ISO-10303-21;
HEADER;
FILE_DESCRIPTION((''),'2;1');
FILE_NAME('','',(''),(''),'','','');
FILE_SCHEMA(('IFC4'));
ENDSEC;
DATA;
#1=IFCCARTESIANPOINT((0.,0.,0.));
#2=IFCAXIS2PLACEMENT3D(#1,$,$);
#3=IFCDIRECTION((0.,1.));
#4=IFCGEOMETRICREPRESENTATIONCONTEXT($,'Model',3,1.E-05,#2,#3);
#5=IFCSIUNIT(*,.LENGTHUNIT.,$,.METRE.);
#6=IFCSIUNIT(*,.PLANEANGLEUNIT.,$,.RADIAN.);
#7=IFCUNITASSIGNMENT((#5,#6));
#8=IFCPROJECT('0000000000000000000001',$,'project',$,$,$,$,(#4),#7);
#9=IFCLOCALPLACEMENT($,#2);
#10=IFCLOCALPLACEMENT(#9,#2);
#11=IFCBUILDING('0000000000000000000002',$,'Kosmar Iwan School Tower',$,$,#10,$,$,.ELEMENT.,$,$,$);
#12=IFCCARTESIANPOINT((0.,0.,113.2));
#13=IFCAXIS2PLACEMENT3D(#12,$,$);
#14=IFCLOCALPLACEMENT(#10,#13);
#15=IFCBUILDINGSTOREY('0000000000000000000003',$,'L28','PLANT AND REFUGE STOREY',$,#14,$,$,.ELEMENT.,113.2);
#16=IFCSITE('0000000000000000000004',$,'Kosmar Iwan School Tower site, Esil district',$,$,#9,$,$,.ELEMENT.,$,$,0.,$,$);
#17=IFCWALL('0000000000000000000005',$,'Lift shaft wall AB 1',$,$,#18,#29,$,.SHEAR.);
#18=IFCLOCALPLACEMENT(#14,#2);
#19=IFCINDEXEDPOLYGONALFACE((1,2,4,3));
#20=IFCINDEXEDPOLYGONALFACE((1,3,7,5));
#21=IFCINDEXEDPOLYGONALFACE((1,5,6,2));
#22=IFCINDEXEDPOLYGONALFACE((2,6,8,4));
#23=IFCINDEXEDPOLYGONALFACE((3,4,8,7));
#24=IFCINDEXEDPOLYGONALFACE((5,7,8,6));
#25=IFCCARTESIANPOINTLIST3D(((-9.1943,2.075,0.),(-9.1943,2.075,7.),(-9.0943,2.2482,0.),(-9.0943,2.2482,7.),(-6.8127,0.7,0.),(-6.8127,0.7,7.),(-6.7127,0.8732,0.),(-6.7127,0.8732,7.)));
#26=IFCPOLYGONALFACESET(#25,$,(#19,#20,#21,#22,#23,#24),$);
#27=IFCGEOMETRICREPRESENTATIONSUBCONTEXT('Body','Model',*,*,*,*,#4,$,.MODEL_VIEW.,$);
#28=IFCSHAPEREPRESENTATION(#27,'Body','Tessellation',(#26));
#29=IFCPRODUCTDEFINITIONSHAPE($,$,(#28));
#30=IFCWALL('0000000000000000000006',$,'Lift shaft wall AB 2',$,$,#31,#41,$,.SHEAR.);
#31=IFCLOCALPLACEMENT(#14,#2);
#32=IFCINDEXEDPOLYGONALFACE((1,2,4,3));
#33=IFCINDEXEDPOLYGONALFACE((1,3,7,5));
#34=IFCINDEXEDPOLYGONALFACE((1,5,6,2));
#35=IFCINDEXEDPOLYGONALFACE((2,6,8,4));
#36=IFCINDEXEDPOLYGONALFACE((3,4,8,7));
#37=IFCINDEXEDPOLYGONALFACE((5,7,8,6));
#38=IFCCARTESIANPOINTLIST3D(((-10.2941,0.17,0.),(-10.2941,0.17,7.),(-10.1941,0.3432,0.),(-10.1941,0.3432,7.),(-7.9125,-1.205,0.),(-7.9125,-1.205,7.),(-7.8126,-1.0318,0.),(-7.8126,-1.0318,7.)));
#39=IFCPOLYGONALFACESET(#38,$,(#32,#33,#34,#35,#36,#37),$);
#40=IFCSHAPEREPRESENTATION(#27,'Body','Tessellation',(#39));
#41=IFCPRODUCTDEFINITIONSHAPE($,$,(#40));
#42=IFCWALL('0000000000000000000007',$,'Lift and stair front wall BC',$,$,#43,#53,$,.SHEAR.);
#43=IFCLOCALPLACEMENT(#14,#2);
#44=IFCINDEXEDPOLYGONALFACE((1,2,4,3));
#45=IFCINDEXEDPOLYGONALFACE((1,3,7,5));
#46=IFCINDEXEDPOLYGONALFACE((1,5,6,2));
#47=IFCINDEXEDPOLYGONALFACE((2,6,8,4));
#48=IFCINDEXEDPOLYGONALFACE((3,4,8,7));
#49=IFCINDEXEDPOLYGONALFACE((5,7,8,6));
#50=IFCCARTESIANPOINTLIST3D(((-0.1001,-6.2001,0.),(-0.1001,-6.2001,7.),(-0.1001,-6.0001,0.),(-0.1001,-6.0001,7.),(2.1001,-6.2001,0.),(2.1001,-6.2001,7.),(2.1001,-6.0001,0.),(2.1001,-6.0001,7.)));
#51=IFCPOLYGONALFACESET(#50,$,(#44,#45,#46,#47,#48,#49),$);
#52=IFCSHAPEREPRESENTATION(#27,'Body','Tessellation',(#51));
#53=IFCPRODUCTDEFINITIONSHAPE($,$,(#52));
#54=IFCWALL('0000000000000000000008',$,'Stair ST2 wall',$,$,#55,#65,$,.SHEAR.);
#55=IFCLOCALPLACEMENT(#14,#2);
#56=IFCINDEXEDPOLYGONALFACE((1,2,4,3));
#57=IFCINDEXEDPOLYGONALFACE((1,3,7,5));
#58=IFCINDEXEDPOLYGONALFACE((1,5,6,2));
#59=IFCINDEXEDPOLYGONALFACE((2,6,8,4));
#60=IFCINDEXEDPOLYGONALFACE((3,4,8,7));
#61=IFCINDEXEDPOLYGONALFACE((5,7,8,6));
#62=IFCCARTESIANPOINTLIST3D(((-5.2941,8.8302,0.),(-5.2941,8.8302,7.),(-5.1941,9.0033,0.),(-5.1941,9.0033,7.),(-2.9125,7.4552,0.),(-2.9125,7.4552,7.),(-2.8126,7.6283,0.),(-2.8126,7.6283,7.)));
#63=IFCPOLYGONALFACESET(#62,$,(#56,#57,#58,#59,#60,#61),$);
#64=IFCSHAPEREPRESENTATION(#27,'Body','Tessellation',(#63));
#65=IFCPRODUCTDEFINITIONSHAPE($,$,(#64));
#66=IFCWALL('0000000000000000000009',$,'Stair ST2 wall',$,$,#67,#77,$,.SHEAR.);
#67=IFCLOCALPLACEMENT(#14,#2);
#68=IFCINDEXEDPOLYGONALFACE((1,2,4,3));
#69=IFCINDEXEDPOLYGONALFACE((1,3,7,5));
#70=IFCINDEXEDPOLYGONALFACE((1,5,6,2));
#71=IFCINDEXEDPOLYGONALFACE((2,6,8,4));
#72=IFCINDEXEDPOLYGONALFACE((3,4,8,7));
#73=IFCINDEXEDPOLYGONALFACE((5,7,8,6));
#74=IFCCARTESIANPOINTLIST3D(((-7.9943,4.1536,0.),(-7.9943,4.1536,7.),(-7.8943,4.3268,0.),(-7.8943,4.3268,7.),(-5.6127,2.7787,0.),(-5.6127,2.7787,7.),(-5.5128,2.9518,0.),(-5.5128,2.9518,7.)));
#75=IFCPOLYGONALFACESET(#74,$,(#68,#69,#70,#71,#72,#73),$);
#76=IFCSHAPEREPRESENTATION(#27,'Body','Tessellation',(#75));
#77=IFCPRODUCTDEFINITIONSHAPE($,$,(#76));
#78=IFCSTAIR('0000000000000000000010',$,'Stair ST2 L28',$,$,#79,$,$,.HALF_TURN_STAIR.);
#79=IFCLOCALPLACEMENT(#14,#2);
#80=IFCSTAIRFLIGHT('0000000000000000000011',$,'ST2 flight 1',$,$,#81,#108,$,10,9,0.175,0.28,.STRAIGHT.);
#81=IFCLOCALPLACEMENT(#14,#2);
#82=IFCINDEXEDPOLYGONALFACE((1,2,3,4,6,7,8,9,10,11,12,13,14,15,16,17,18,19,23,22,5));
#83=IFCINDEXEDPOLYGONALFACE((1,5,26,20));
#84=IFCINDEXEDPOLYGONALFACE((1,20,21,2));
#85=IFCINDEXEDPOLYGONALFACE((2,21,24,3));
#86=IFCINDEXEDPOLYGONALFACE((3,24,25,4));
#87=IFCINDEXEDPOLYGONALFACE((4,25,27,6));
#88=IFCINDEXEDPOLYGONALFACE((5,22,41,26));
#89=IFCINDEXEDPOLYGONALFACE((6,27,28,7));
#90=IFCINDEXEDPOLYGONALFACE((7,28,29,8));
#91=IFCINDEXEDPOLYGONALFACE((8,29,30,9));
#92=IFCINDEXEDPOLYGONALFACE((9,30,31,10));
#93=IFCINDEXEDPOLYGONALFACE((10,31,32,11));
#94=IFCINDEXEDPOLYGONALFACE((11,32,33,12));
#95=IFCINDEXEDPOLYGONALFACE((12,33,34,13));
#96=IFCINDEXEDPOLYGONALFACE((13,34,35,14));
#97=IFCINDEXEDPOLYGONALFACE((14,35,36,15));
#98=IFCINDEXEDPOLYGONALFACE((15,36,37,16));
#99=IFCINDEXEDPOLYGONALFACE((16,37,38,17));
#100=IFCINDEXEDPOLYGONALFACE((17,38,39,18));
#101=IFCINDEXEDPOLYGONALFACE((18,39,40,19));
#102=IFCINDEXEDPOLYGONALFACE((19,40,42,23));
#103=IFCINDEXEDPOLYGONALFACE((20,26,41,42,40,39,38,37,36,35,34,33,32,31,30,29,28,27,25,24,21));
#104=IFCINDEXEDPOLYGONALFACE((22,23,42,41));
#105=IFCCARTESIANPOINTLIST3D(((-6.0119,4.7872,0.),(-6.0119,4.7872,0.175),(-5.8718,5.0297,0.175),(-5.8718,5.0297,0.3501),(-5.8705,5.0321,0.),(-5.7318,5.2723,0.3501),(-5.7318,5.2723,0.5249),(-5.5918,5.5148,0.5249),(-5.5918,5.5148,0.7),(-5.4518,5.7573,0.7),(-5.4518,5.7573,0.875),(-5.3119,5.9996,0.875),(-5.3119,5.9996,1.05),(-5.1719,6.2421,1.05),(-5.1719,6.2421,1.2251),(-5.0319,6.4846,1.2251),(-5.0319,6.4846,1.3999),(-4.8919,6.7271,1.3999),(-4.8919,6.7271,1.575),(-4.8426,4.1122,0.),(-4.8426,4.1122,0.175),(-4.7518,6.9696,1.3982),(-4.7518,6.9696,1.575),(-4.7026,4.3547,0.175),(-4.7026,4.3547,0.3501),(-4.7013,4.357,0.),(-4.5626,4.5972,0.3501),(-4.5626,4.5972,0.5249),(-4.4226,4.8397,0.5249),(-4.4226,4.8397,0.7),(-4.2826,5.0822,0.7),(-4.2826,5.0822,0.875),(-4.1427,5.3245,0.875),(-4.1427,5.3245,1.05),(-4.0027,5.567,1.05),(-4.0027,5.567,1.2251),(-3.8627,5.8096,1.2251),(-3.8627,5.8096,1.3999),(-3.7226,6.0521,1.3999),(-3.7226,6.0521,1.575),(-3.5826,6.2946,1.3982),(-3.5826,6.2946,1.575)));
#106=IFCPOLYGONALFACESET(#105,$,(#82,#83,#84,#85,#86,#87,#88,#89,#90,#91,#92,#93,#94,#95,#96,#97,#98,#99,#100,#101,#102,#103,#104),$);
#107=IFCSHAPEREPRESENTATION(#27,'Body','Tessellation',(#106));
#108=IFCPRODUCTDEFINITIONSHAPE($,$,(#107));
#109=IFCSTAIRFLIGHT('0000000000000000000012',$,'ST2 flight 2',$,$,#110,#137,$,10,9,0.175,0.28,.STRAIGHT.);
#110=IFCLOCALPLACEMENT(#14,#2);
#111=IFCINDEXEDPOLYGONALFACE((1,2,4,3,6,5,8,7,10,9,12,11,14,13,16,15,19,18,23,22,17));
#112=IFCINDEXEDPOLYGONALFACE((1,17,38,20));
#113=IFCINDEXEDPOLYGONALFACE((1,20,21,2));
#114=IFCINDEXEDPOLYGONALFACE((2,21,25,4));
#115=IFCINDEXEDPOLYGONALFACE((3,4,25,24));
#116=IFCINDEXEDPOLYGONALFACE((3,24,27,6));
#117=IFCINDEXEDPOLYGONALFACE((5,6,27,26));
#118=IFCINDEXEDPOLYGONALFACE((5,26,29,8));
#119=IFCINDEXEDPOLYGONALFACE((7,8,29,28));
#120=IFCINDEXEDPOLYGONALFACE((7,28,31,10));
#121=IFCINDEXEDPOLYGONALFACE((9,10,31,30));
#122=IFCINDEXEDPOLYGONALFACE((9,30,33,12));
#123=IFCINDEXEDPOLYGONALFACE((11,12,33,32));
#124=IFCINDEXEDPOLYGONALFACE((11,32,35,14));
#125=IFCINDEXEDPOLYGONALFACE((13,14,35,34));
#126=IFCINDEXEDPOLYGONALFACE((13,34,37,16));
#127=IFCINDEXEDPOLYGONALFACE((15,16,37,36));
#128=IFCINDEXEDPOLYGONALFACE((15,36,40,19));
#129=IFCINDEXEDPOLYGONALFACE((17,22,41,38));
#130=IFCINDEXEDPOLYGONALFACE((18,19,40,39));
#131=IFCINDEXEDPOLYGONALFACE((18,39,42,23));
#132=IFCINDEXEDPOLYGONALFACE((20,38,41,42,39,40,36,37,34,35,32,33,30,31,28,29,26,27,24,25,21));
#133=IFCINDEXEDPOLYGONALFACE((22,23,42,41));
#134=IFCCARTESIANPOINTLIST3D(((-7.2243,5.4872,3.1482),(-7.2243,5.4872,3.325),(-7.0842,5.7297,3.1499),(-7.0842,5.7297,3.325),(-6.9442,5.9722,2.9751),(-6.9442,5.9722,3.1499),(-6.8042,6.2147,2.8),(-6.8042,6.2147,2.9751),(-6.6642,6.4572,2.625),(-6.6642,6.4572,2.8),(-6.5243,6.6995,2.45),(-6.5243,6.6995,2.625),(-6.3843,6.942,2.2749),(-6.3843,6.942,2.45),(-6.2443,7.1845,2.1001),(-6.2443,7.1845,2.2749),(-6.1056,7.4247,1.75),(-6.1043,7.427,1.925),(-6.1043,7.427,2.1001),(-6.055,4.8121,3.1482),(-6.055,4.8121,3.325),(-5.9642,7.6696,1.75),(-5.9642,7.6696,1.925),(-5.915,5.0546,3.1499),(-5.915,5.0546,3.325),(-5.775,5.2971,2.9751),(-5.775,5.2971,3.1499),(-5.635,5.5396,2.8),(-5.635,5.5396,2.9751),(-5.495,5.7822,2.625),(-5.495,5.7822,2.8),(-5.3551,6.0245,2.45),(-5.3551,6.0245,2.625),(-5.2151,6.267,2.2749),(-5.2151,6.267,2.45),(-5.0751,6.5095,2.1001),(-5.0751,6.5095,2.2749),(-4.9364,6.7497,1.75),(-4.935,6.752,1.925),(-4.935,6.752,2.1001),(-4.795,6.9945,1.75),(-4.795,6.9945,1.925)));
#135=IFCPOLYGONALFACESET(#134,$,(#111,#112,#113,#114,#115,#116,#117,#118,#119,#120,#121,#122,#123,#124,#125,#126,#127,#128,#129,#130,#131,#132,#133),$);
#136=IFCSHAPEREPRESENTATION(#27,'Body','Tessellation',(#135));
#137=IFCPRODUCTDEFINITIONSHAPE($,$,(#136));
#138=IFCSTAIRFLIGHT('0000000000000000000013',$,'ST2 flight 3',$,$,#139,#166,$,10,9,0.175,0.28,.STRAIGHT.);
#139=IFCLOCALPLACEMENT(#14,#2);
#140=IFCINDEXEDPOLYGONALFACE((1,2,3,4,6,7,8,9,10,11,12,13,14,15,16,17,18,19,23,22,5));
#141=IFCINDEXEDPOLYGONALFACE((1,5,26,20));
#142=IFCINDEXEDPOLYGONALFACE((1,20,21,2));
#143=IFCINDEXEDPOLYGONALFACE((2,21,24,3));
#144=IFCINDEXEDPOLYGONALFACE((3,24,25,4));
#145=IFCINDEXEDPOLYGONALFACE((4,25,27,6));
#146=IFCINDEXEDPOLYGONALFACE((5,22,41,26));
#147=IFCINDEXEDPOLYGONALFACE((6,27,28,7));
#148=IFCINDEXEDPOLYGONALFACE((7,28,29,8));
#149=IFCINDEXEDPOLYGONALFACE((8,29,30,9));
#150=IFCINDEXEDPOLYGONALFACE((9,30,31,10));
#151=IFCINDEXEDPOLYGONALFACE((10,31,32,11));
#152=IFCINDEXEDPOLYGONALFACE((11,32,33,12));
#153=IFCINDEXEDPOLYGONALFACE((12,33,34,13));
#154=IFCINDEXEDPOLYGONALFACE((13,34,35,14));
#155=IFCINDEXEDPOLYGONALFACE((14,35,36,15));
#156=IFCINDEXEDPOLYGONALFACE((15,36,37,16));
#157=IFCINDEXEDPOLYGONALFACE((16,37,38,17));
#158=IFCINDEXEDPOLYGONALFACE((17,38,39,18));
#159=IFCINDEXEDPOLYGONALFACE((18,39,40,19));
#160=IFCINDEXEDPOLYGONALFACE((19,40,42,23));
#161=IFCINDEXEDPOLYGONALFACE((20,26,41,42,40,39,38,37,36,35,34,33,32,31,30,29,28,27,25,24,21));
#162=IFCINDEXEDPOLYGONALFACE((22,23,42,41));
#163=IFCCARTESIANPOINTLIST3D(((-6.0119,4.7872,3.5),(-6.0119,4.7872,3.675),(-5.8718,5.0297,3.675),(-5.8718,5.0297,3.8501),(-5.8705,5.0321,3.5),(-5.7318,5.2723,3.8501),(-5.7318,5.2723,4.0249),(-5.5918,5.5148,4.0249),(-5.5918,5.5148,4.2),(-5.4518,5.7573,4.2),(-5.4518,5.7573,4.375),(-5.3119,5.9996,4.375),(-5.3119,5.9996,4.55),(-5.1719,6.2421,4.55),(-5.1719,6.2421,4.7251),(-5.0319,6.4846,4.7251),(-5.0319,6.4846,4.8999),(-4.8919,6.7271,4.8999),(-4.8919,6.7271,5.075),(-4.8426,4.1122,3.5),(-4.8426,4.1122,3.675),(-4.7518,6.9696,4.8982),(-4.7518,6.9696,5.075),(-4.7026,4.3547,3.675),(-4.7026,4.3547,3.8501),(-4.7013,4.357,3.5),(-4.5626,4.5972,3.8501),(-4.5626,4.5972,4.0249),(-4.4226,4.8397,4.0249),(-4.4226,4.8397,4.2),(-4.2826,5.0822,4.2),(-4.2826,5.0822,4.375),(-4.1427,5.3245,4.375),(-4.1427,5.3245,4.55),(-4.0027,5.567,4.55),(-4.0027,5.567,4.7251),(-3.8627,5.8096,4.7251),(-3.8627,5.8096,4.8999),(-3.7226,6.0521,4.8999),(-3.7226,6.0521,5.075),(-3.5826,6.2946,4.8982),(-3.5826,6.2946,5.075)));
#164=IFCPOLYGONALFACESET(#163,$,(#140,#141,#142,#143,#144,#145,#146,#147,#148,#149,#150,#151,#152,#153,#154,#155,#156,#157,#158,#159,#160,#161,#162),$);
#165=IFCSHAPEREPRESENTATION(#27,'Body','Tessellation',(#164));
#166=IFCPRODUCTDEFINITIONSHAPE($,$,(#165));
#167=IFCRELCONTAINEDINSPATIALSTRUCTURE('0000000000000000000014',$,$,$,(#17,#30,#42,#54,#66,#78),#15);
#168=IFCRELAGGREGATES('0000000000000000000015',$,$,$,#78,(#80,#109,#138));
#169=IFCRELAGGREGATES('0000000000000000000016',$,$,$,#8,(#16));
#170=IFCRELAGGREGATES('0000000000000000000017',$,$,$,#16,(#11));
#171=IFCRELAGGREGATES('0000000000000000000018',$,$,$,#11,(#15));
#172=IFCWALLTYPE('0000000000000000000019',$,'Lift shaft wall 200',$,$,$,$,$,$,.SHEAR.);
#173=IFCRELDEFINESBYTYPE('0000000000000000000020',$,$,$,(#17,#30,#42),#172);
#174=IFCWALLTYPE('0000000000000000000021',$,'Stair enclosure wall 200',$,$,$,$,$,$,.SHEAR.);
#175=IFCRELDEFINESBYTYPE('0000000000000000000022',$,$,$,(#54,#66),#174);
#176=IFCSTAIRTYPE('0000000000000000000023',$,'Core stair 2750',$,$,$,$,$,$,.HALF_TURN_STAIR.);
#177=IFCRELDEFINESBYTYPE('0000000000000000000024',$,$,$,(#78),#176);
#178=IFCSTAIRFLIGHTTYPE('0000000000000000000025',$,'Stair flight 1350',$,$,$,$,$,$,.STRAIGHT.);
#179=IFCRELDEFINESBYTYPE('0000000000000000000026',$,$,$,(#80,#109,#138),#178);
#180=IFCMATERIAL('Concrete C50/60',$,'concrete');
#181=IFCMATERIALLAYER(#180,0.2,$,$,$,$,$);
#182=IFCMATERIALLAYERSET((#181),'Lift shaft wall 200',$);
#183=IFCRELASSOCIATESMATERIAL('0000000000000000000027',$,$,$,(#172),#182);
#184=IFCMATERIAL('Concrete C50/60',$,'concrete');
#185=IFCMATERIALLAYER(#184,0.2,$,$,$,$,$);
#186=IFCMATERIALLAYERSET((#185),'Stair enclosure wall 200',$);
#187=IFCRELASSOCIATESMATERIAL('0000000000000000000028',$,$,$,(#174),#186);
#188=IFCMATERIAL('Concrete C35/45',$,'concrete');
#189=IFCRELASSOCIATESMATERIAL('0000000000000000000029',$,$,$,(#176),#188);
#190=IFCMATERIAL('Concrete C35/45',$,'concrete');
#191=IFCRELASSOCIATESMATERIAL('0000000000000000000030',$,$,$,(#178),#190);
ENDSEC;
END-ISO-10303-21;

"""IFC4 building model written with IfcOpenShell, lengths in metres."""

from ifc_helpers import new_model, si_unit, direction, frame, frame_2d, origin, place, context, subcontext, project, spatial, polyline, rectangle, outline, extrude, material, layer, layer_set, type_object, element, aggregate, save


model = new_model("IFC4")

# Units and contexts
model_context = context("Model", 3, precision=1e-05, world=origin(), true_north=direction((0.0, 1.0)))
body_context = subcontext(model_context, "Body", "Model", "MODEL_VIEW")
ifc_project = project(units=[si_unit("LENGTHUNIT", "METRE"), si_unit("PLANEANGLEUNIT", "RADIAN")], contexts=[model_context])

# Site, building, storey
site_placement = place(None, origin())
site = spatial("IfcSite", under=ifc_project, at=site_placement, Name="Kosmar Iwan School Tower site, Esil district", CompositionType="ELEMENT", RefElevation=0.0)
building_placement = place(site_placement, origin())
building = spatial("IfcBuilding", under=site, at=building_placement, Name="Kosmar Iwan School Tower", CompositionType="ELEMENT")
storey_placement = place(building_placement, frame((0.0, 0.0, 113.2)))
storey = spatial("IfcBuildingStorey", under=building, at=storey_placement, Name="L28", Description="PLANT AND REFUGE STOREY", CompositionType="ELEMENT", Elevation=113.2)

# Shared definitions
ifc_material_1 = material(Name="Concrete C50/60", Category="concrete")
ifc_layer_1 = layer(ifc_material_1, 0.2)
ifc_layer_set_1 = layer_set([ifc_layer_1], Name="Lift shaft wall 200")
wall_type_1 = type_object("IfcWallType", Name="Lift shaft wall 200", PredefinedType="SHEAR", material=ifc_layer_set_1)

# Walls
for number, where, z_axis, x_axis, name in (
    (1, (-6.7627, 0.7866, 0.0), (0.0, 0.0, 1.0), (-0.866027, 0.499997, 0.0), "Lift shaft wall AB 1"),
    (2, (-7.8625, -1.1184, 0.0), (0.0, 0.0, 1.0), (-0.866027, 0.499997, 0.0), "Lift shaft wall AB 2"),
):
    element("IfcWall", number, at=place(storey_placement, frame(where, z_axis=z_axis, x_axis=x_axis)), inside=storey, type_object=wall_type_1, Name=name, PredefinedType="SHEAR", context=body_context, shape_type="SweptSolid", body=[
        extrude(rectangle(XDim=2.75, YDim=0.2, at=frame_2d((1.375, 0.0))), origin(), (0.0, 0.0, 1.0), 7.0),
    ])
wall_1_placement = place(storey_placement, frame((-0.1001, -6.1001, 0.0), z_axis=(0.0, 0.0, 1.0), x_axis=(1.0, 0.0, 0.0)))
element("IfcWall", 3, at=wall_1_placement, inside=storey, type_object=wall_type_1, Name="Lift and stair front wall BC", PredefinedType="SHEAR", context=body_context, shape_type="SweptSolid", body=[
    extrude(rectangle(XDim=2.2002, YDim=0.2, at=frame_2d((1.1001, 0.0))), origin(), (0.0, 0.0, 1.0), 7.0),
])
ifc_material_2 = material(Name="Concrete C50/60", Category="concrete")
ifc_layer_2 = layer(ifc_material_2, 0.2)
ifc_layer_set_2 = layer_set([ifc_layer_2], Name="Stair enclosure wall 200")
wall_type_2 = type_object("IfcWallType", Name="Stair enclosure wall 200", PredefinedType="SHEAR", material=ifc_layer_set_2)
for number, where, z_axis, x_axis, name in (
    (4, (-2.8625, 7.5417, 0.0), (0.0, 0.0, 1.0), (-0.866027, 0.499997, 0.0), "Stair ST2 wall"),
    (5, (-5.5627, 2.8652, 0.0), (0.0, 0.0, 1.0), (-0.866027, 0.499997, 0.0), "Stair ST2 wall"),
):
    element("IfcWall", number, at=place(storey_placement, frame(where, z_axis=z_axis, x_axis=x_axis)), inside=storey, type_object=wall_type_2, Name=name, PredefinedType="SHEAR", context=body_context, shape_type="SweptSolid", body=[
        extrude(rectangle(XDim=2.75, YDim=0.2, at=frame_2d((1.375, 0.0))), origin(), (0.0, 0.0, 1.0), 7.0),
    ])

# Stair, stair flights
ifc_material_3 = material(Name="Concrete C35/45", Category="concrete")
stair_type = type_object("IfcStairType", Name="Core stair 2750", PredefinedType="HALF_TURN_STAIR", material=ifc_material_3)
stair_placement = place(storey_placement, origin())
stair = element("IfcStair", 6, at=stair_placement, inside=storey, type_object=stair_type, Name="Stair ST2 L28", PredefinedType="HALF_TURN_STAIR")
ifc_material_4 = material(Name="Concrete C35/45", Category="concrete")
stair_flight_type = type_object("IfcStairFlightType", Name="Stair flight 1350", PredefinedType="STRAIGHT", material=ifc_material_4)
stair_flight_1_placement = place(storey_placement, frame((-5.4272, 4.4497, 0.0), z_axis=(0.0, 0.0, 1.0), x_axis=(0.5, 0.866025, 0.0)))
stair_flight_1 = element("IfcStairFlight", 7, at=stair_flight_1_placement, type_object=stair_flight_type, Name="ST2 flight 1", NumberOfRisers=10, NumberOfTreads=9, PredefinedType="STRAIGHT", RiserHeight=0.175, TreadLength=0.28, context=body_context, shape_type="SweptSolid", body=[
    extrude(outline(polyline([(0.0, 0.0), (0.0, 0.175), (0.28, 0.175), (0.28, 0.3501), (0.5601, 0.3501), (0.5601, 0.5249), (0.8401, 0.5249), (0.8401, 0.7), (1.1201, 0.7), (1.1201, 0.875), (1.3999, 0.875), (1.3999, 1.05), (1.6799, 1.05), (1.6799, 1.2251), (1.96, 1.2251), (1.96, 1.3999), (2.24, 1.3999), (2.24, 1.575), (2.52, 1.575), (2.52, 1.75), (2.52, 1.3982), (0.2827, 0.0), (0.0, 0.0)])), frame((0.0, 0.675, 0.0), z_axis=(0.0, -1.0, 0.0), x_axis=(1.0, 0.0, 0.0)), (0.0, 0.0, 1.0), 1.3501),
])
stair_flight_2_placement = place(storey_placement, frame((-5.3796, 7.332, 1.75), z_axis=(0.0, 0.0, 1.0), x_axis=(-0.5, -0.866025, 0.0)))
stair_flight_2 = element("IfcStairFlight", 8, at=stair_flight_2_placement, type_object=stair_flight_type, Name="ST2 flight 2", NumberOfRisers=10, NumberOfTreads=9, PredefinedType="STRAIGHT", RiserHeight=0.175, TreadLength=0.28, context=body_context, shape_type="SweptSolid", body=[
    extrude(outline(polyline([(0.0, 0.0), (0.0, 0.175), (0.28, 0.175), (0.28, 0.3501), (0.5601, 0.3501), (0.5601, 0.5249), (0.8401, 0.5249), (0.8401, 0.7), (1.1201, 0.7), (1.1201, 0.875), (1.3999, 0.875), (1.3999, 1.05), (1.6799, 1.05), (1.6799, 1.2251), (1.96, 1.2251), (1.96, 1.3999), (2.24, 1.3999), (2.24, 1.575), (2.52, 1.575), (2.52, 1.75), (2.52, 1.3982), (0.2827, 0.0), (0.0, 0.0)])), frame((0.0, 0.675, 0.0), z_axis=(0.0, -1.0, 0.0), x_axis=(1.0, 0.0, 0.0)), (0.0, 0.0, 1.0), 1.3501),
])
stair_flight_3_placement = place(storey_placement, frame((-5.4272, 4.4497, 3.5), z_axis=(0.0, 0.0, 1.0), x_axis=(0.5, 0.866025, 0.0)))
stair_flight_3 = element("IfcStairFlight", 9, at=stair_flight_3_placement, type_object=stair_flight_type, Name="ST2 flight 3", NumberOfRisers=10, NumberOfTreads=9, PredefinedType="STRAIGHT", RiserHeight=0.175, TreadLength=0.28, context=body_context, shape_type="SweptSolid", body=[
    extrude(outline(polyline([(0.0, 0.0), (0.0, 0.175), (0.28, 0.175), (0.28, 0.3501), (0.5601, 0.3501), (0.5601, 0.5249), (0.8401, 0.5249), (0.8401, 0.7), (1.1201, 0.7), (1.1201, 0.875), (1.3999, 0.875), (1.3999, 1.05), (1.6799, 1.05), (1.6799, 1.2251), (1.96, 1.2251), (1.96, 1.3999), (2.24, 1.3999), (2.24, 1.575), (2.52, 1.575), (2.52, 1.75), (2.52, 1.3982), (0.2827, 0.0), (0.0, 0.0)])), frame((0.0, 0.675, 0.0), z_axis=(0.0, -1.0, 0.0), x_axis=(1.0, 0.0, 0.0)), (0.0, 0.0, 1.0), 1.3501),
])
aggregate(stair, [stair_flight_1, stair_flight_2, stair_flight_3])

save(model, "model.ifc")
